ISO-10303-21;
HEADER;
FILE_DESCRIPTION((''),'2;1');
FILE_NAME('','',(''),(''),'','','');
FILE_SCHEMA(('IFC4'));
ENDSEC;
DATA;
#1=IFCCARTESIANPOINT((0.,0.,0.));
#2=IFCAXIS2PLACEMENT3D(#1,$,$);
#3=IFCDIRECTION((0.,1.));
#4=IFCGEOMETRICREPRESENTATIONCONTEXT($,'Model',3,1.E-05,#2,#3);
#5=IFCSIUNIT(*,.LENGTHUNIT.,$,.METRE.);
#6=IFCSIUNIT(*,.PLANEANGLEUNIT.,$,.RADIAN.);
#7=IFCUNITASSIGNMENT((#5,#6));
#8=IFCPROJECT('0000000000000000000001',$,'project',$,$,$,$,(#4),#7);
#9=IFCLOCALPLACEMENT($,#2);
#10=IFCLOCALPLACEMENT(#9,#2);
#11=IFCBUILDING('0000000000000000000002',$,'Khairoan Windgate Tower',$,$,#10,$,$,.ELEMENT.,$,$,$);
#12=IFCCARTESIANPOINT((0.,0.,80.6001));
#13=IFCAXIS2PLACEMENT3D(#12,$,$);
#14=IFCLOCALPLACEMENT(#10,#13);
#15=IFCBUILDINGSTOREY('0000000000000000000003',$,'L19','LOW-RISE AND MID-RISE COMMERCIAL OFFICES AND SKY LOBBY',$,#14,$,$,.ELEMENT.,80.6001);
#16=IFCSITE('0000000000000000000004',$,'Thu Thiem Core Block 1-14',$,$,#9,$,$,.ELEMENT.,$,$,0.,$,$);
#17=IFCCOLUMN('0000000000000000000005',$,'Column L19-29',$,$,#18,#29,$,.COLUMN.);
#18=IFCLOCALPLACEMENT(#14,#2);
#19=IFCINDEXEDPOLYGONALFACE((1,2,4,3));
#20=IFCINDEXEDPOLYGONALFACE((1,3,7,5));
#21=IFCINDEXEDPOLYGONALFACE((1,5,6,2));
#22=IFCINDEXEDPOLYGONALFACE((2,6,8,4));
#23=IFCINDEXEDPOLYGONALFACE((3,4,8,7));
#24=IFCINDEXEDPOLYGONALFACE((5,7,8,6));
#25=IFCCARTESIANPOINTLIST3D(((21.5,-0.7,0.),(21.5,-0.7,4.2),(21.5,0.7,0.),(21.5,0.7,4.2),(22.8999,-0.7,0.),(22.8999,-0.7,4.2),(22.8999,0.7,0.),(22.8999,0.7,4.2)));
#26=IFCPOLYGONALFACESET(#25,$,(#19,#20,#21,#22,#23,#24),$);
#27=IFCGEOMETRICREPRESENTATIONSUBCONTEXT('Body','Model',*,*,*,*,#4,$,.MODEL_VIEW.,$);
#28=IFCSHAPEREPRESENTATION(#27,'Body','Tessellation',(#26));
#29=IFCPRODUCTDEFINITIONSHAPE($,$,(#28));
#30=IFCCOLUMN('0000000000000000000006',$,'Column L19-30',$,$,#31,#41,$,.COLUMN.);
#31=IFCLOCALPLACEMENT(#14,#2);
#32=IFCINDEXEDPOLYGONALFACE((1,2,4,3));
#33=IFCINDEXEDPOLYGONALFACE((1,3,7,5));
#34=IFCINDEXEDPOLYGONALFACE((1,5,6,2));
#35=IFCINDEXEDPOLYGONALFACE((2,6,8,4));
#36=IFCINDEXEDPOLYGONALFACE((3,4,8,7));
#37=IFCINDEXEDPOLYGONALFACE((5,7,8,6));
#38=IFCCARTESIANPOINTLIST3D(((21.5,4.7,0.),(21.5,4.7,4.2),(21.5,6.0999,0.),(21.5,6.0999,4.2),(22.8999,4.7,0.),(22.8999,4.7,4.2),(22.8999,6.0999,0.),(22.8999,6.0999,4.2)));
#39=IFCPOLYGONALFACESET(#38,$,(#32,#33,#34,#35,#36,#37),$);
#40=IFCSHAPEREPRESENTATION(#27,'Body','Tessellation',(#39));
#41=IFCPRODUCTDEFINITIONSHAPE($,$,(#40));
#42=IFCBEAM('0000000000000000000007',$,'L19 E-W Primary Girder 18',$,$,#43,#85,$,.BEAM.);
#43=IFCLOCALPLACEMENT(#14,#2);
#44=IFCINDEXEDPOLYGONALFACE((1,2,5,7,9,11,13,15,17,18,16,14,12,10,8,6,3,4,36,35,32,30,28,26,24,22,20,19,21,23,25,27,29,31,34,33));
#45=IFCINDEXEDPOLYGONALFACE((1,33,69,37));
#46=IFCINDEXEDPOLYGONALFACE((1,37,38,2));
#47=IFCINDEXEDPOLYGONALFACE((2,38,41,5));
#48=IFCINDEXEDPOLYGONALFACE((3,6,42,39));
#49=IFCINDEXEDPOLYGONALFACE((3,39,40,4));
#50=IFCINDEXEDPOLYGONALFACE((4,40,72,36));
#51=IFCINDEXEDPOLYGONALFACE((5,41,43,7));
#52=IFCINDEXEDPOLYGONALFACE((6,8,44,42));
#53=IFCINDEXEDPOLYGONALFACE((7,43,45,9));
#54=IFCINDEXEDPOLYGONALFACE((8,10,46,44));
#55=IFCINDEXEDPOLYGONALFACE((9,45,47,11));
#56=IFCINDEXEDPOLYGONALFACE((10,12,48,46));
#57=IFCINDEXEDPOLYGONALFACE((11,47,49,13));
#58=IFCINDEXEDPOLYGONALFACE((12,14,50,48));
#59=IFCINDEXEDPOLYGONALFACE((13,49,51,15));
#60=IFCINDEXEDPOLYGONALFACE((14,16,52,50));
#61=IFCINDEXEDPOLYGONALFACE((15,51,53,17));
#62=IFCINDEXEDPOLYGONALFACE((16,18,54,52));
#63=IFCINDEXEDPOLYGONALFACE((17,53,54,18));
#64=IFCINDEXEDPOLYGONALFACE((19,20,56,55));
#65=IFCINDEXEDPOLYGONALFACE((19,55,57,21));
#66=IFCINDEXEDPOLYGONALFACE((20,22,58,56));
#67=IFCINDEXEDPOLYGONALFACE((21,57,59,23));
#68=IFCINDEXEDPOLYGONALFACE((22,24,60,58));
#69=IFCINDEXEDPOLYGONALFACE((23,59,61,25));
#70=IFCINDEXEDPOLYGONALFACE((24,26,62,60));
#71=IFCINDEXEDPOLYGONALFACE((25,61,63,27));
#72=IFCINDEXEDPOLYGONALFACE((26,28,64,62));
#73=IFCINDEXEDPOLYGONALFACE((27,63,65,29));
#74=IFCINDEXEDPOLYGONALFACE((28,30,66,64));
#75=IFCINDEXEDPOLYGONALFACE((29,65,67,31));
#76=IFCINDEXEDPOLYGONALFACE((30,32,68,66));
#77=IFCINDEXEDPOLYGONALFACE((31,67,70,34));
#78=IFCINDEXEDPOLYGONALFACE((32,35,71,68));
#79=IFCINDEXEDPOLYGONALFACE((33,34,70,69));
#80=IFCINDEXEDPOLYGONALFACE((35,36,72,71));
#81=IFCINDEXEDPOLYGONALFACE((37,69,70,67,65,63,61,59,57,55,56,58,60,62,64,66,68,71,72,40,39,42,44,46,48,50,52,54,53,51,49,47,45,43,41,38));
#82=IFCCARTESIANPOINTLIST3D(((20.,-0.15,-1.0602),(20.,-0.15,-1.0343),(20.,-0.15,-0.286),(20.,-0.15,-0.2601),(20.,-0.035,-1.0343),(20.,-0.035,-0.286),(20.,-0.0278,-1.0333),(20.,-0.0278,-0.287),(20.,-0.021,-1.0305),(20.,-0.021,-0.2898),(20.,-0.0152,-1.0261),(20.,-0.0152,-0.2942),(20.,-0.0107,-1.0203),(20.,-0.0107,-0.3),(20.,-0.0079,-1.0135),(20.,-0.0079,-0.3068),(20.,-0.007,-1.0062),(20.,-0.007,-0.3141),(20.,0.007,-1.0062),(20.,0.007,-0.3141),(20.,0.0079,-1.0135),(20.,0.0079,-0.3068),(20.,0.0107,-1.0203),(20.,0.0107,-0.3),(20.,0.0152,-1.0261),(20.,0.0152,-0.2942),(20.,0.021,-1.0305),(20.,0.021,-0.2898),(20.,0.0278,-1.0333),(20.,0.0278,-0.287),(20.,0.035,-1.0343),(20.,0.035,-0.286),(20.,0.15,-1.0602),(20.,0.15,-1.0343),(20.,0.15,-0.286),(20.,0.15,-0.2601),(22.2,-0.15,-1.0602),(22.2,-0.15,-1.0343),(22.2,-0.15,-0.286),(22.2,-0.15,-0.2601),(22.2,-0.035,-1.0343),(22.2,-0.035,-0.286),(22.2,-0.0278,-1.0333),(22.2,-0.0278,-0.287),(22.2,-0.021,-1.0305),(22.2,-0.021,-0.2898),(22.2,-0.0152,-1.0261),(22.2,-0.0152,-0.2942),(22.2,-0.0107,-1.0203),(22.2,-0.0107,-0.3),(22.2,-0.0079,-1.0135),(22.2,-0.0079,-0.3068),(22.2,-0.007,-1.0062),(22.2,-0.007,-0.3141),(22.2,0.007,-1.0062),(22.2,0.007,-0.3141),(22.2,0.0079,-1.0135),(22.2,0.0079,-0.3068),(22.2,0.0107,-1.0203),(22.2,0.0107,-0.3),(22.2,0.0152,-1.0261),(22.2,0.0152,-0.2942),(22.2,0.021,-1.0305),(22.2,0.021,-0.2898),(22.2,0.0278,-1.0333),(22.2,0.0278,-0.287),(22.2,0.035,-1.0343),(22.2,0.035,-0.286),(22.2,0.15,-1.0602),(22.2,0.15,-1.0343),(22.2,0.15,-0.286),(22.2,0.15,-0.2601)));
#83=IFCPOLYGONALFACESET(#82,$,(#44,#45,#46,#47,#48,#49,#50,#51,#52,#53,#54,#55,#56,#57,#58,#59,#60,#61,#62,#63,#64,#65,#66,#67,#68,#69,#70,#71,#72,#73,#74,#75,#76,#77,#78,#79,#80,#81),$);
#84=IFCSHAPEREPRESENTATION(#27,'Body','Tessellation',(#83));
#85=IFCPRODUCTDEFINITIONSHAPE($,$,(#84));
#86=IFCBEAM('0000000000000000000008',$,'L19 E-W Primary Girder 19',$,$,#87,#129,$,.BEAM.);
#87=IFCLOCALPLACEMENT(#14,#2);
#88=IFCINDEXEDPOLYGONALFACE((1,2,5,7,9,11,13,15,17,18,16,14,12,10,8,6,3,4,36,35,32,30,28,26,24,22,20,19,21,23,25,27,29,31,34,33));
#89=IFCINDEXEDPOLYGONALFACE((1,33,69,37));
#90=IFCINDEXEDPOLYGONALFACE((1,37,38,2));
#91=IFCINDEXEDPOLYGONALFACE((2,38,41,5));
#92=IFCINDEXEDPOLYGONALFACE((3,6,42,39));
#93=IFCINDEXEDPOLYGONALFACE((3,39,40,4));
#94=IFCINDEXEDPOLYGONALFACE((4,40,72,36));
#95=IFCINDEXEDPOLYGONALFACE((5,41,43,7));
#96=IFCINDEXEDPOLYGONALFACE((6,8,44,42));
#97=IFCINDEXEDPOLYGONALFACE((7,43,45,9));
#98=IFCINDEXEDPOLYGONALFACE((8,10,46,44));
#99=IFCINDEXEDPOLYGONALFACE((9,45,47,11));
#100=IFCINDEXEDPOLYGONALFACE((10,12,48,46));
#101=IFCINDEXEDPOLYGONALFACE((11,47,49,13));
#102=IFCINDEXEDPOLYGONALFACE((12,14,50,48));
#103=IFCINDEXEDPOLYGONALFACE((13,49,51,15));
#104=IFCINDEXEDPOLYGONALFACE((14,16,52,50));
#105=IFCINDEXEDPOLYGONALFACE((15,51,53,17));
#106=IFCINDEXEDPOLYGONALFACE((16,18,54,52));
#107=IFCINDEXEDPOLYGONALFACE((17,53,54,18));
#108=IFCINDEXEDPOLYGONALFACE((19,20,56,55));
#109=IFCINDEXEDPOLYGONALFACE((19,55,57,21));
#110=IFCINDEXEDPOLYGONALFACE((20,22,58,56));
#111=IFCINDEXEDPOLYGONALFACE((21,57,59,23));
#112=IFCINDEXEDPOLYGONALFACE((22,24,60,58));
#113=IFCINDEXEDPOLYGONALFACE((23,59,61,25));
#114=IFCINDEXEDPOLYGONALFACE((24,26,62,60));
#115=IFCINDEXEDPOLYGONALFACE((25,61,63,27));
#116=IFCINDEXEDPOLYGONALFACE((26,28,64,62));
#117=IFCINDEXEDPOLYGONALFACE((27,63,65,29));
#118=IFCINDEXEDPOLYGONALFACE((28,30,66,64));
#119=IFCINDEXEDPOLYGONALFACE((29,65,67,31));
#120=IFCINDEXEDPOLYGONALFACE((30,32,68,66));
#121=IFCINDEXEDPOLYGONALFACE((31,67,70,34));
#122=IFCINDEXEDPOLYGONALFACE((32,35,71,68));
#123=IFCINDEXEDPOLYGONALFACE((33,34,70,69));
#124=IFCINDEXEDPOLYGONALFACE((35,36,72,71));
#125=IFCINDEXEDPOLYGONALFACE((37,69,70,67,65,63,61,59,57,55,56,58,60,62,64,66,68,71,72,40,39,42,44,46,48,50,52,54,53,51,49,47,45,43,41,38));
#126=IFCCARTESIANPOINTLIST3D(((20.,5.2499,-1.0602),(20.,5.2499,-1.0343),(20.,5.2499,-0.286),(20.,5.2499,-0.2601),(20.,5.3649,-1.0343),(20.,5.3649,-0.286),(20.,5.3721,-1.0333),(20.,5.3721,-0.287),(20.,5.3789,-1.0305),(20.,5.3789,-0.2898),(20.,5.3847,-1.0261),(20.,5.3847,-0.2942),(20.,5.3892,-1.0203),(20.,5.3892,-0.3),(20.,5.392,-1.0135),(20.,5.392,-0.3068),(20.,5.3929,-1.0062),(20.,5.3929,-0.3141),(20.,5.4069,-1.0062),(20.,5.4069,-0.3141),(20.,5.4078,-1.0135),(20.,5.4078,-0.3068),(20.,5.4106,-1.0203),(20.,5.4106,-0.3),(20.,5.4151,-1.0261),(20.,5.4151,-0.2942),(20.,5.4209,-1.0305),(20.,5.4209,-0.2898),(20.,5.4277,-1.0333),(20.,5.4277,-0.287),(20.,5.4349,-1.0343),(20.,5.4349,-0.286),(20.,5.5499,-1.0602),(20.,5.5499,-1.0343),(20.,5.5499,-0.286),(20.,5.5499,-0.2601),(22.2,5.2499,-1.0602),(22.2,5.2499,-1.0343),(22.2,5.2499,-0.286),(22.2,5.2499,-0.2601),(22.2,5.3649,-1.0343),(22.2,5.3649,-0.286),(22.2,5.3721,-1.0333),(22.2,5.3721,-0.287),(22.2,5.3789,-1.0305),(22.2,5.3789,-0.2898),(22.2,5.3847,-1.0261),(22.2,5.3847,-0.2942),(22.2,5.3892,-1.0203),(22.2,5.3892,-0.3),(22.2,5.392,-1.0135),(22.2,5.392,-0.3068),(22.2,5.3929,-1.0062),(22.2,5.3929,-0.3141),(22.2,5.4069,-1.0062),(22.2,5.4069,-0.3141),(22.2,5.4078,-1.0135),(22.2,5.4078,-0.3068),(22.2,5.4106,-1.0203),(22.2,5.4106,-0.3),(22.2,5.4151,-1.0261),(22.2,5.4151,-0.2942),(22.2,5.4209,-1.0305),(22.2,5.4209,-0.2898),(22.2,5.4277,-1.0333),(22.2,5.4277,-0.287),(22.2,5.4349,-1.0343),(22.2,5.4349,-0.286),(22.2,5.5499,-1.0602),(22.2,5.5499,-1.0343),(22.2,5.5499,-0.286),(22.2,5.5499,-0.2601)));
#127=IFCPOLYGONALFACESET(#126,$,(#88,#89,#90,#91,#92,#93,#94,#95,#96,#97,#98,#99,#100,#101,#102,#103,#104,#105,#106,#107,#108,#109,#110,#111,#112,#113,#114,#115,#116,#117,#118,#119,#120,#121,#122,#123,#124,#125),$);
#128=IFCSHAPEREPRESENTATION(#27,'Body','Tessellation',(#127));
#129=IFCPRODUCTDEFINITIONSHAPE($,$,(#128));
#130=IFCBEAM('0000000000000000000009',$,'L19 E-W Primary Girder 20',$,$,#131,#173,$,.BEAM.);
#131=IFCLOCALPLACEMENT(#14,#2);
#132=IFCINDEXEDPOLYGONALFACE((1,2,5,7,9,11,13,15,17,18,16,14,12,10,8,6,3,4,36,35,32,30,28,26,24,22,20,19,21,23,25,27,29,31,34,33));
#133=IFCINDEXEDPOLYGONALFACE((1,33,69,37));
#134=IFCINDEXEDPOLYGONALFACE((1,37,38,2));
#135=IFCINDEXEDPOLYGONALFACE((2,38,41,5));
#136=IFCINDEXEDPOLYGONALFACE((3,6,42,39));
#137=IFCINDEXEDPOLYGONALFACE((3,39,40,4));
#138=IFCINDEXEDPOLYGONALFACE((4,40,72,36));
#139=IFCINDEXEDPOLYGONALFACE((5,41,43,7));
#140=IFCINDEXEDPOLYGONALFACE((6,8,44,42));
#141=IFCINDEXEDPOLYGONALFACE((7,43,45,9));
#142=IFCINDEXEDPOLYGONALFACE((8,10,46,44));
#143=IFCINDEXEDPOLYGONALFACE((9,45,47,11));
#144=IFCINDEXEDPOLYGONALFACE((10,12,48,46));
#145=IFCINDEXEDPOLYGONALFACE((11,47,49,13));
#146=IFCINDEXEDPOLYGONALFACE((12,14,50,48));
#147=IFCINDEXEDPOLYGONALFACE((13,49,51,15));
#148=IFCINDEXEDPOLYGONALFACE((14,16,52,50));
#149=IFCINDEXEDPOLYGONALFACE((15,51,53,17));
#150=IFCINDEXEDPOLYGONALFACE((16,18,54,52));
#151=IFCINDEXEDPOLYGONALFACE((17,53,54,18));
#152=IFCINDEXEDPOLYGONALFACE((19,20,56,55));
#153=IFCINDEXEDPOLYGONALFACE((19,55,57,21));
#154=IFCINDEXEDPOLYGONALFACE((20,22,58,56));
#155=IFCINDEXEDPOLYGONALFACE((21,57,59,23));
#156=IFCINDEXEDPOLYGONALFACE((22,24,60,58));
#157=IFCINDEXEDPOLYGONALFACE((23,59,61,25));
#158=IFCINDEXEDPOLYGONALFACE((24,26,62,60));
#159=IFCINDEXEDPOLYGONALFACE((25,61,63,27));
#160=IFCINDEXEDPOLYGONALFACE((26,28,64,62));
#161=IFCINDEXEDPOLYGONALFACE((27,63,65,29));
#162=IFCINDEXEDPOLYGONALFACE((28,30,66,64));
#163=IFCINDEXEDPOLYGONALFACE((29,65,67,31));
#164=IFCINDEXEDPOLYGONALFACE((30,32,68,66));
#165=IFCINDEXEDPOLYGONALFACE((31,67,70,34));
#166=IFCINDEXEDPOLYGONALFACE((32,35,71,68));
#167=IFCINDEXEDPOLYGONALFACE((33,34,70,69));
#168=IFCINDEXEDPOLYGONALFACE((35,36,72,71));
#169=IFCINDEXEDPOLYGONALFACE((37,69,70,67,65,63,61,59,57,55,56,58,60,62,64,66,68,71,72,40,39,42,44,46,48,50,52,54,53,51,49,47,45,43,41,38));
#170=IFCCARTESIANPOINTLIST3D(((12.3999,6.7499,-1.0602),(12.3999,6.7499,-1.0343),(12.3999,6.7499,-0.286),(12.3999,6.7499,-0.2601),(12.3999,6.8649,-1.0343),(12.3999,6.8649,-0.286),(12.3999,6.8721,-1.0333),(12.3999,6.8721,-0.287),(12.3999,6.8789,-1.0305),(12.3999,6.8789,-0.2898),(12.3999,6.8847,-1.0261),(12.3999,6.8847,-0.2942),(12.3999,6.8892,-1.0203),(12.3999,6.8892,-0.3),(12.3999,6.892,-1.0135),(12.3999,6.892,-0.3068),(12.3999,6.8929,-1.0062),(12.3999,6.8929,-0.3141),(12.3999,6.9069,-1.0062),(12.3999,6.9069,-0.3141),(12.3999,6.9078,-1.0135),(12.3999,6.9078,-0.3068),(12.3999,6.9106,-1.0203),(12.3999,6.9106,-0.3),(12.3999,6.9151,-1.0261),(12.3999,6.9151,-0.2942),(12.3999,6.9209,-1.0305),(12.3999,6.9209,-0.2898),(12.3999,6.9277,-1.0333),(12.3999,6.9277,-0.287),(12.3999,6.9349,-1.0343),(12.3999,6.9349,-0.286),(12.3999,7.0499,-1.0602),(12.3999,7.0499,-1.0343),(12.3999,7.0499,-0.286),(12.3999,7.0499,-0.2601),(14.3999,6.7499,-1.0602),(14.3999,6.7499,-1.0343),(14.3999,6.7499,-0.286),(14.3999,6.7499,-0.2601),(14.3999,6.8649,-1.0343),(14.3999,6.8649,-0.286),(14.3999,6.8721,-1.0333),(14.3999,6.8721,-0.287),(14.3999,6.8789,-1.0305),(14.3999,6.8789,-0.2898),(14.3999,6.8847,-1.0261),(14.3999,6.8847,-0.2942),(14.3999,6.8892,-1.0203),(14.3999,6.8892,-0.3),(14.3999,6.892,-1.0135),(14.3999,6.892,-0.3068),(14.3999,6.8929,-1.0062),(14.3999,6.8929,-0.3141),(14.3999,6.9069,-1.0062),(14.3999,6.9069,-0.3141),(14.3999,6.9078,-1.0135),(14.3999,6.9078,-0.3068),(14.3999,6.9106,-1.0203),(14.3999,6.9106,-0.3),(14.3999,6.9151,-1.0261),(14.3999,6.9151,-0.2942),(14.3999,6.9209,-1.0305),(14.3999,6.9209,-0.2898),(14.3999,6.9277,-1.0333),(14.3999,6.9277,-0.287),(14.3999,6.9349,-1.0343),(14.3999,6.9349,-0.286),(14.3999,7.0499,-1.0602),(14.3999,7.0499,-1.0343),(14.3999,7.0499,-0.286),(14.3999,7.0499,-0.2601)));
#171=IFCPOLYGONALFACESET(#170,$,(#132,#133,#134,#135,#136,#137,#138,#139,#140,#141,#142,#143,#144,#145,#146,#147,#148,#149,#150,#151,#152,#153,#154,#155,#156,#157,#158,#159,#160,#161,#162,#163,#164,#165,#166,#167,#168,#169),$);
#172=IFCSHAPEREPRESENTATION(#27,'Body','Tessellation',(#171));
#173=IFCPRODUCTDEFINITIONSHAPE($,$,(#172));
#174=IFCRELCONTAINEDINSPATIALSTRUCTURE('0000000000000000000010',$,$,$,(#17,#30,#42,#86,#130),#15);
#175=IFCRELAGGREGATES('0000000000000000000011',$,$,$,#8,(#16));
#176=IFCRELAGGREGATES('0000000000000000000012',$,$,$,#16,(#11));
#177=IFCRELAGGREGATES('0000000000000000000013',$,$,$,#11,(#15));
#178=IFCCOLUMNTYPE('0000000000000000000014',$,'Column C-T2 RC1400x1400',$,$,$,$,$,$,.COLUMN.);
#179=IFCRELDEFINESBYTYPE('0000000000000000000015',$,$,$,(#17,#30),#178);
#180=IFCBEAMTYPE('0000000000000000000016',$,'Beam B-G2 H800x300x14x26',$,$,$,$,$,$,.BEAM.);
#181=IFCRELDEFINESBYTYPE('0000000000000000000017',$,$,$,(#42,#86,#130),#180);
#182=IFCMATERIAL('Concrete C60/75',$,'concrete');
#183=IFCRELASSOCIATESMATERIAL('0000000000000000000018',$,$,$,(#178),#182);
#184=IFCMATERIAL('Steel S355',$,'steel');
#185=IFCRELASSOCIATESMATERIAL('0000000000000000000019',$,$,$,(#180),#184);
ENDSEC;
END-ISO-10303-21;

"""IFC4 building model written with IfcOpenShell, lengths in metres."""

from ifc_helpers import new_model, si_unit, direction, frame, origin, origin_2d, place, context, subcontext, project, spatial, rectangle, i_section, extrude, material, material_profile, profile_set, type_object, element, save


model = new_model("IFC4")

# Units and contexts
model_context = context("Model", 3, precision=1e-05, world=origin(), true_north=direction((0.0, 1.0)))
body_context = subcontext(model_context, "Body", "Model", "MODEL_VIEW")
ifc_project = project(units=[si_unit("LENGTHUNIT", "METRE"), si_unit("PLANEANGLEUNIT", "RADIAN")], contexts=[model_context])

# Site, building, storey
site_placement = place(None, origin())
site = spatial("IfcSite", under=ifc_project, at=site_placement, Name="Thu Thiem Core Block 1-14", CompositionType="ELEMENT", RefElevation=0.0)
building_placement = place(site_placement, origin())
building = spatial("IfcBuilding", under=site, at=building_placement, Name="Khairoan Windgate Tower", CompositionType="ELEMENT")
storey_placement = place(building_placement, frame((0.0, 0.0, 80.6001)))
storey = spatial("IfcBuildingStorey", under=building, at=storey_placement, Name="L19", Description="LOW-RISE AND MID-RISE COMMERCIAL OFFICES AND SKY LOBBY", CompositionType="ELEMENT", Elevation=80.6001)

# Columns
ifc_material_1 = material(Name="Concrete C60/75", Category="concrete")
ifc_material_profile_1 = material_profile(ifc_material_1, rectangle(XDim=1.3999, YDim=1.3999, at=origin_2d()))
ifc_profile_set_1 = profile_set([ifc_material_profile_1], Name="Concrete C60/75")
column_type = type_object("IfcColumnType", Name="Column C-T2 RC1400x1400", PredefinedType="COLUMN", material=ifc_profile_set_1)
for number, where, z_axis, x_axis, name in (
    (1, (22.2, 0.0, 0.0), (0.0, 0.0, 1.0), (1.0, 0.0, 0.0), "Column L19-29"),
    (2, (22.2, 5.3999, 0.0), (0.0, 0.0, 1.0), (1.0, 0.0, 0.0), "Column L19-30"),
):
    element("IfcColumn", number, at=place(storey_placement, frame(where, z_axis=z_axis, x_axis=x_axis)), inside=storey, type_object=column_type, Name=name, PredefinedType="COLUMN", context=body_context, shape_type="SweptSolid", body=[
        extrude(rectangle(XDim=1.3999, YDim=1.3999, at=origin_2d()), origin(), (0.0, 0.0, 1.0), 4.2),
    ])

# Beams
ifc_material_2 = material(Name="Steel S355", Category="steel")
ifc_material_profile_2 = material_profile(ifc_material_2, i_section(OverallWidth=0.3, OverallDepth=0.8, WebThickness=0.0139, FlangeThickness=0.0259, FilletRadius=0.0281, at=origin_2d()))
ifc_profile_set_2 = profile_set([ifc_material_profile_2], Name="Steel S355")
beam_type_1 = type_object("IfcBeamType", Name="Beam B-G2 H800x300x14x26", PredefinedType="BEAM", material=ifc_profile_set_2)
for number, where, z_axis, x_axis, name in (
    (3, (20.0, 0.0, -0.6602), (1.0, 0.0, 0.0), (0.0, 1.0, 0.0), "L19 E-W Primary Girder 18"),
    (4, (20.0, 5.3999, -0.6602), (1.0, 0.0, 0.0), (0.0, 1.0, 0.0), "L19 E-W Primary Girder 19"),
):
    element("IfcBeam", number, at=place(storey_placement, frame(where, z_axis=z_axis, x_axis=x_axis)), inside=storey, type_object=beam_type_1, Name=name, PredefinedType="BEAM", context=body_context, shape_type="SweptSolid", body=[
        extrude(i_section(OverallWidth=0.3, OverallDepth=0.8, WebThickness=0.0139, FlangeThickness=0.0259, FilletRadius=0.0281, at=origin_2d()), origin(), (0.0, 0.0, 1.0), 2.2),
    ])
beam_1_placement = place(storey_placement, frame((12.3999, 6.8999, -0.6602), z_axis=(1.0, 0.0, 0.0), x_axis=(0.0, 1.0, 0.0)))
element("IfcBeam", 5, at=beam_1_placement, inside=storey, type_object=beam_type_1, Name="L19 E-W Primary Girder 20", PredefinedType="BEAM", context=body_context, shape_type="SweptSolid", body=[
    extrude(i_section(OverallWidth=0.3, OverallDepth=0.8, WebThickness=0.0139, FlangeThickness=0.0259, FilletRadius=0.0281, at=origin_2d()), origin(), (0.0, 0.0, 1.0), 2.0),
])

save(model, "model.ifc")
